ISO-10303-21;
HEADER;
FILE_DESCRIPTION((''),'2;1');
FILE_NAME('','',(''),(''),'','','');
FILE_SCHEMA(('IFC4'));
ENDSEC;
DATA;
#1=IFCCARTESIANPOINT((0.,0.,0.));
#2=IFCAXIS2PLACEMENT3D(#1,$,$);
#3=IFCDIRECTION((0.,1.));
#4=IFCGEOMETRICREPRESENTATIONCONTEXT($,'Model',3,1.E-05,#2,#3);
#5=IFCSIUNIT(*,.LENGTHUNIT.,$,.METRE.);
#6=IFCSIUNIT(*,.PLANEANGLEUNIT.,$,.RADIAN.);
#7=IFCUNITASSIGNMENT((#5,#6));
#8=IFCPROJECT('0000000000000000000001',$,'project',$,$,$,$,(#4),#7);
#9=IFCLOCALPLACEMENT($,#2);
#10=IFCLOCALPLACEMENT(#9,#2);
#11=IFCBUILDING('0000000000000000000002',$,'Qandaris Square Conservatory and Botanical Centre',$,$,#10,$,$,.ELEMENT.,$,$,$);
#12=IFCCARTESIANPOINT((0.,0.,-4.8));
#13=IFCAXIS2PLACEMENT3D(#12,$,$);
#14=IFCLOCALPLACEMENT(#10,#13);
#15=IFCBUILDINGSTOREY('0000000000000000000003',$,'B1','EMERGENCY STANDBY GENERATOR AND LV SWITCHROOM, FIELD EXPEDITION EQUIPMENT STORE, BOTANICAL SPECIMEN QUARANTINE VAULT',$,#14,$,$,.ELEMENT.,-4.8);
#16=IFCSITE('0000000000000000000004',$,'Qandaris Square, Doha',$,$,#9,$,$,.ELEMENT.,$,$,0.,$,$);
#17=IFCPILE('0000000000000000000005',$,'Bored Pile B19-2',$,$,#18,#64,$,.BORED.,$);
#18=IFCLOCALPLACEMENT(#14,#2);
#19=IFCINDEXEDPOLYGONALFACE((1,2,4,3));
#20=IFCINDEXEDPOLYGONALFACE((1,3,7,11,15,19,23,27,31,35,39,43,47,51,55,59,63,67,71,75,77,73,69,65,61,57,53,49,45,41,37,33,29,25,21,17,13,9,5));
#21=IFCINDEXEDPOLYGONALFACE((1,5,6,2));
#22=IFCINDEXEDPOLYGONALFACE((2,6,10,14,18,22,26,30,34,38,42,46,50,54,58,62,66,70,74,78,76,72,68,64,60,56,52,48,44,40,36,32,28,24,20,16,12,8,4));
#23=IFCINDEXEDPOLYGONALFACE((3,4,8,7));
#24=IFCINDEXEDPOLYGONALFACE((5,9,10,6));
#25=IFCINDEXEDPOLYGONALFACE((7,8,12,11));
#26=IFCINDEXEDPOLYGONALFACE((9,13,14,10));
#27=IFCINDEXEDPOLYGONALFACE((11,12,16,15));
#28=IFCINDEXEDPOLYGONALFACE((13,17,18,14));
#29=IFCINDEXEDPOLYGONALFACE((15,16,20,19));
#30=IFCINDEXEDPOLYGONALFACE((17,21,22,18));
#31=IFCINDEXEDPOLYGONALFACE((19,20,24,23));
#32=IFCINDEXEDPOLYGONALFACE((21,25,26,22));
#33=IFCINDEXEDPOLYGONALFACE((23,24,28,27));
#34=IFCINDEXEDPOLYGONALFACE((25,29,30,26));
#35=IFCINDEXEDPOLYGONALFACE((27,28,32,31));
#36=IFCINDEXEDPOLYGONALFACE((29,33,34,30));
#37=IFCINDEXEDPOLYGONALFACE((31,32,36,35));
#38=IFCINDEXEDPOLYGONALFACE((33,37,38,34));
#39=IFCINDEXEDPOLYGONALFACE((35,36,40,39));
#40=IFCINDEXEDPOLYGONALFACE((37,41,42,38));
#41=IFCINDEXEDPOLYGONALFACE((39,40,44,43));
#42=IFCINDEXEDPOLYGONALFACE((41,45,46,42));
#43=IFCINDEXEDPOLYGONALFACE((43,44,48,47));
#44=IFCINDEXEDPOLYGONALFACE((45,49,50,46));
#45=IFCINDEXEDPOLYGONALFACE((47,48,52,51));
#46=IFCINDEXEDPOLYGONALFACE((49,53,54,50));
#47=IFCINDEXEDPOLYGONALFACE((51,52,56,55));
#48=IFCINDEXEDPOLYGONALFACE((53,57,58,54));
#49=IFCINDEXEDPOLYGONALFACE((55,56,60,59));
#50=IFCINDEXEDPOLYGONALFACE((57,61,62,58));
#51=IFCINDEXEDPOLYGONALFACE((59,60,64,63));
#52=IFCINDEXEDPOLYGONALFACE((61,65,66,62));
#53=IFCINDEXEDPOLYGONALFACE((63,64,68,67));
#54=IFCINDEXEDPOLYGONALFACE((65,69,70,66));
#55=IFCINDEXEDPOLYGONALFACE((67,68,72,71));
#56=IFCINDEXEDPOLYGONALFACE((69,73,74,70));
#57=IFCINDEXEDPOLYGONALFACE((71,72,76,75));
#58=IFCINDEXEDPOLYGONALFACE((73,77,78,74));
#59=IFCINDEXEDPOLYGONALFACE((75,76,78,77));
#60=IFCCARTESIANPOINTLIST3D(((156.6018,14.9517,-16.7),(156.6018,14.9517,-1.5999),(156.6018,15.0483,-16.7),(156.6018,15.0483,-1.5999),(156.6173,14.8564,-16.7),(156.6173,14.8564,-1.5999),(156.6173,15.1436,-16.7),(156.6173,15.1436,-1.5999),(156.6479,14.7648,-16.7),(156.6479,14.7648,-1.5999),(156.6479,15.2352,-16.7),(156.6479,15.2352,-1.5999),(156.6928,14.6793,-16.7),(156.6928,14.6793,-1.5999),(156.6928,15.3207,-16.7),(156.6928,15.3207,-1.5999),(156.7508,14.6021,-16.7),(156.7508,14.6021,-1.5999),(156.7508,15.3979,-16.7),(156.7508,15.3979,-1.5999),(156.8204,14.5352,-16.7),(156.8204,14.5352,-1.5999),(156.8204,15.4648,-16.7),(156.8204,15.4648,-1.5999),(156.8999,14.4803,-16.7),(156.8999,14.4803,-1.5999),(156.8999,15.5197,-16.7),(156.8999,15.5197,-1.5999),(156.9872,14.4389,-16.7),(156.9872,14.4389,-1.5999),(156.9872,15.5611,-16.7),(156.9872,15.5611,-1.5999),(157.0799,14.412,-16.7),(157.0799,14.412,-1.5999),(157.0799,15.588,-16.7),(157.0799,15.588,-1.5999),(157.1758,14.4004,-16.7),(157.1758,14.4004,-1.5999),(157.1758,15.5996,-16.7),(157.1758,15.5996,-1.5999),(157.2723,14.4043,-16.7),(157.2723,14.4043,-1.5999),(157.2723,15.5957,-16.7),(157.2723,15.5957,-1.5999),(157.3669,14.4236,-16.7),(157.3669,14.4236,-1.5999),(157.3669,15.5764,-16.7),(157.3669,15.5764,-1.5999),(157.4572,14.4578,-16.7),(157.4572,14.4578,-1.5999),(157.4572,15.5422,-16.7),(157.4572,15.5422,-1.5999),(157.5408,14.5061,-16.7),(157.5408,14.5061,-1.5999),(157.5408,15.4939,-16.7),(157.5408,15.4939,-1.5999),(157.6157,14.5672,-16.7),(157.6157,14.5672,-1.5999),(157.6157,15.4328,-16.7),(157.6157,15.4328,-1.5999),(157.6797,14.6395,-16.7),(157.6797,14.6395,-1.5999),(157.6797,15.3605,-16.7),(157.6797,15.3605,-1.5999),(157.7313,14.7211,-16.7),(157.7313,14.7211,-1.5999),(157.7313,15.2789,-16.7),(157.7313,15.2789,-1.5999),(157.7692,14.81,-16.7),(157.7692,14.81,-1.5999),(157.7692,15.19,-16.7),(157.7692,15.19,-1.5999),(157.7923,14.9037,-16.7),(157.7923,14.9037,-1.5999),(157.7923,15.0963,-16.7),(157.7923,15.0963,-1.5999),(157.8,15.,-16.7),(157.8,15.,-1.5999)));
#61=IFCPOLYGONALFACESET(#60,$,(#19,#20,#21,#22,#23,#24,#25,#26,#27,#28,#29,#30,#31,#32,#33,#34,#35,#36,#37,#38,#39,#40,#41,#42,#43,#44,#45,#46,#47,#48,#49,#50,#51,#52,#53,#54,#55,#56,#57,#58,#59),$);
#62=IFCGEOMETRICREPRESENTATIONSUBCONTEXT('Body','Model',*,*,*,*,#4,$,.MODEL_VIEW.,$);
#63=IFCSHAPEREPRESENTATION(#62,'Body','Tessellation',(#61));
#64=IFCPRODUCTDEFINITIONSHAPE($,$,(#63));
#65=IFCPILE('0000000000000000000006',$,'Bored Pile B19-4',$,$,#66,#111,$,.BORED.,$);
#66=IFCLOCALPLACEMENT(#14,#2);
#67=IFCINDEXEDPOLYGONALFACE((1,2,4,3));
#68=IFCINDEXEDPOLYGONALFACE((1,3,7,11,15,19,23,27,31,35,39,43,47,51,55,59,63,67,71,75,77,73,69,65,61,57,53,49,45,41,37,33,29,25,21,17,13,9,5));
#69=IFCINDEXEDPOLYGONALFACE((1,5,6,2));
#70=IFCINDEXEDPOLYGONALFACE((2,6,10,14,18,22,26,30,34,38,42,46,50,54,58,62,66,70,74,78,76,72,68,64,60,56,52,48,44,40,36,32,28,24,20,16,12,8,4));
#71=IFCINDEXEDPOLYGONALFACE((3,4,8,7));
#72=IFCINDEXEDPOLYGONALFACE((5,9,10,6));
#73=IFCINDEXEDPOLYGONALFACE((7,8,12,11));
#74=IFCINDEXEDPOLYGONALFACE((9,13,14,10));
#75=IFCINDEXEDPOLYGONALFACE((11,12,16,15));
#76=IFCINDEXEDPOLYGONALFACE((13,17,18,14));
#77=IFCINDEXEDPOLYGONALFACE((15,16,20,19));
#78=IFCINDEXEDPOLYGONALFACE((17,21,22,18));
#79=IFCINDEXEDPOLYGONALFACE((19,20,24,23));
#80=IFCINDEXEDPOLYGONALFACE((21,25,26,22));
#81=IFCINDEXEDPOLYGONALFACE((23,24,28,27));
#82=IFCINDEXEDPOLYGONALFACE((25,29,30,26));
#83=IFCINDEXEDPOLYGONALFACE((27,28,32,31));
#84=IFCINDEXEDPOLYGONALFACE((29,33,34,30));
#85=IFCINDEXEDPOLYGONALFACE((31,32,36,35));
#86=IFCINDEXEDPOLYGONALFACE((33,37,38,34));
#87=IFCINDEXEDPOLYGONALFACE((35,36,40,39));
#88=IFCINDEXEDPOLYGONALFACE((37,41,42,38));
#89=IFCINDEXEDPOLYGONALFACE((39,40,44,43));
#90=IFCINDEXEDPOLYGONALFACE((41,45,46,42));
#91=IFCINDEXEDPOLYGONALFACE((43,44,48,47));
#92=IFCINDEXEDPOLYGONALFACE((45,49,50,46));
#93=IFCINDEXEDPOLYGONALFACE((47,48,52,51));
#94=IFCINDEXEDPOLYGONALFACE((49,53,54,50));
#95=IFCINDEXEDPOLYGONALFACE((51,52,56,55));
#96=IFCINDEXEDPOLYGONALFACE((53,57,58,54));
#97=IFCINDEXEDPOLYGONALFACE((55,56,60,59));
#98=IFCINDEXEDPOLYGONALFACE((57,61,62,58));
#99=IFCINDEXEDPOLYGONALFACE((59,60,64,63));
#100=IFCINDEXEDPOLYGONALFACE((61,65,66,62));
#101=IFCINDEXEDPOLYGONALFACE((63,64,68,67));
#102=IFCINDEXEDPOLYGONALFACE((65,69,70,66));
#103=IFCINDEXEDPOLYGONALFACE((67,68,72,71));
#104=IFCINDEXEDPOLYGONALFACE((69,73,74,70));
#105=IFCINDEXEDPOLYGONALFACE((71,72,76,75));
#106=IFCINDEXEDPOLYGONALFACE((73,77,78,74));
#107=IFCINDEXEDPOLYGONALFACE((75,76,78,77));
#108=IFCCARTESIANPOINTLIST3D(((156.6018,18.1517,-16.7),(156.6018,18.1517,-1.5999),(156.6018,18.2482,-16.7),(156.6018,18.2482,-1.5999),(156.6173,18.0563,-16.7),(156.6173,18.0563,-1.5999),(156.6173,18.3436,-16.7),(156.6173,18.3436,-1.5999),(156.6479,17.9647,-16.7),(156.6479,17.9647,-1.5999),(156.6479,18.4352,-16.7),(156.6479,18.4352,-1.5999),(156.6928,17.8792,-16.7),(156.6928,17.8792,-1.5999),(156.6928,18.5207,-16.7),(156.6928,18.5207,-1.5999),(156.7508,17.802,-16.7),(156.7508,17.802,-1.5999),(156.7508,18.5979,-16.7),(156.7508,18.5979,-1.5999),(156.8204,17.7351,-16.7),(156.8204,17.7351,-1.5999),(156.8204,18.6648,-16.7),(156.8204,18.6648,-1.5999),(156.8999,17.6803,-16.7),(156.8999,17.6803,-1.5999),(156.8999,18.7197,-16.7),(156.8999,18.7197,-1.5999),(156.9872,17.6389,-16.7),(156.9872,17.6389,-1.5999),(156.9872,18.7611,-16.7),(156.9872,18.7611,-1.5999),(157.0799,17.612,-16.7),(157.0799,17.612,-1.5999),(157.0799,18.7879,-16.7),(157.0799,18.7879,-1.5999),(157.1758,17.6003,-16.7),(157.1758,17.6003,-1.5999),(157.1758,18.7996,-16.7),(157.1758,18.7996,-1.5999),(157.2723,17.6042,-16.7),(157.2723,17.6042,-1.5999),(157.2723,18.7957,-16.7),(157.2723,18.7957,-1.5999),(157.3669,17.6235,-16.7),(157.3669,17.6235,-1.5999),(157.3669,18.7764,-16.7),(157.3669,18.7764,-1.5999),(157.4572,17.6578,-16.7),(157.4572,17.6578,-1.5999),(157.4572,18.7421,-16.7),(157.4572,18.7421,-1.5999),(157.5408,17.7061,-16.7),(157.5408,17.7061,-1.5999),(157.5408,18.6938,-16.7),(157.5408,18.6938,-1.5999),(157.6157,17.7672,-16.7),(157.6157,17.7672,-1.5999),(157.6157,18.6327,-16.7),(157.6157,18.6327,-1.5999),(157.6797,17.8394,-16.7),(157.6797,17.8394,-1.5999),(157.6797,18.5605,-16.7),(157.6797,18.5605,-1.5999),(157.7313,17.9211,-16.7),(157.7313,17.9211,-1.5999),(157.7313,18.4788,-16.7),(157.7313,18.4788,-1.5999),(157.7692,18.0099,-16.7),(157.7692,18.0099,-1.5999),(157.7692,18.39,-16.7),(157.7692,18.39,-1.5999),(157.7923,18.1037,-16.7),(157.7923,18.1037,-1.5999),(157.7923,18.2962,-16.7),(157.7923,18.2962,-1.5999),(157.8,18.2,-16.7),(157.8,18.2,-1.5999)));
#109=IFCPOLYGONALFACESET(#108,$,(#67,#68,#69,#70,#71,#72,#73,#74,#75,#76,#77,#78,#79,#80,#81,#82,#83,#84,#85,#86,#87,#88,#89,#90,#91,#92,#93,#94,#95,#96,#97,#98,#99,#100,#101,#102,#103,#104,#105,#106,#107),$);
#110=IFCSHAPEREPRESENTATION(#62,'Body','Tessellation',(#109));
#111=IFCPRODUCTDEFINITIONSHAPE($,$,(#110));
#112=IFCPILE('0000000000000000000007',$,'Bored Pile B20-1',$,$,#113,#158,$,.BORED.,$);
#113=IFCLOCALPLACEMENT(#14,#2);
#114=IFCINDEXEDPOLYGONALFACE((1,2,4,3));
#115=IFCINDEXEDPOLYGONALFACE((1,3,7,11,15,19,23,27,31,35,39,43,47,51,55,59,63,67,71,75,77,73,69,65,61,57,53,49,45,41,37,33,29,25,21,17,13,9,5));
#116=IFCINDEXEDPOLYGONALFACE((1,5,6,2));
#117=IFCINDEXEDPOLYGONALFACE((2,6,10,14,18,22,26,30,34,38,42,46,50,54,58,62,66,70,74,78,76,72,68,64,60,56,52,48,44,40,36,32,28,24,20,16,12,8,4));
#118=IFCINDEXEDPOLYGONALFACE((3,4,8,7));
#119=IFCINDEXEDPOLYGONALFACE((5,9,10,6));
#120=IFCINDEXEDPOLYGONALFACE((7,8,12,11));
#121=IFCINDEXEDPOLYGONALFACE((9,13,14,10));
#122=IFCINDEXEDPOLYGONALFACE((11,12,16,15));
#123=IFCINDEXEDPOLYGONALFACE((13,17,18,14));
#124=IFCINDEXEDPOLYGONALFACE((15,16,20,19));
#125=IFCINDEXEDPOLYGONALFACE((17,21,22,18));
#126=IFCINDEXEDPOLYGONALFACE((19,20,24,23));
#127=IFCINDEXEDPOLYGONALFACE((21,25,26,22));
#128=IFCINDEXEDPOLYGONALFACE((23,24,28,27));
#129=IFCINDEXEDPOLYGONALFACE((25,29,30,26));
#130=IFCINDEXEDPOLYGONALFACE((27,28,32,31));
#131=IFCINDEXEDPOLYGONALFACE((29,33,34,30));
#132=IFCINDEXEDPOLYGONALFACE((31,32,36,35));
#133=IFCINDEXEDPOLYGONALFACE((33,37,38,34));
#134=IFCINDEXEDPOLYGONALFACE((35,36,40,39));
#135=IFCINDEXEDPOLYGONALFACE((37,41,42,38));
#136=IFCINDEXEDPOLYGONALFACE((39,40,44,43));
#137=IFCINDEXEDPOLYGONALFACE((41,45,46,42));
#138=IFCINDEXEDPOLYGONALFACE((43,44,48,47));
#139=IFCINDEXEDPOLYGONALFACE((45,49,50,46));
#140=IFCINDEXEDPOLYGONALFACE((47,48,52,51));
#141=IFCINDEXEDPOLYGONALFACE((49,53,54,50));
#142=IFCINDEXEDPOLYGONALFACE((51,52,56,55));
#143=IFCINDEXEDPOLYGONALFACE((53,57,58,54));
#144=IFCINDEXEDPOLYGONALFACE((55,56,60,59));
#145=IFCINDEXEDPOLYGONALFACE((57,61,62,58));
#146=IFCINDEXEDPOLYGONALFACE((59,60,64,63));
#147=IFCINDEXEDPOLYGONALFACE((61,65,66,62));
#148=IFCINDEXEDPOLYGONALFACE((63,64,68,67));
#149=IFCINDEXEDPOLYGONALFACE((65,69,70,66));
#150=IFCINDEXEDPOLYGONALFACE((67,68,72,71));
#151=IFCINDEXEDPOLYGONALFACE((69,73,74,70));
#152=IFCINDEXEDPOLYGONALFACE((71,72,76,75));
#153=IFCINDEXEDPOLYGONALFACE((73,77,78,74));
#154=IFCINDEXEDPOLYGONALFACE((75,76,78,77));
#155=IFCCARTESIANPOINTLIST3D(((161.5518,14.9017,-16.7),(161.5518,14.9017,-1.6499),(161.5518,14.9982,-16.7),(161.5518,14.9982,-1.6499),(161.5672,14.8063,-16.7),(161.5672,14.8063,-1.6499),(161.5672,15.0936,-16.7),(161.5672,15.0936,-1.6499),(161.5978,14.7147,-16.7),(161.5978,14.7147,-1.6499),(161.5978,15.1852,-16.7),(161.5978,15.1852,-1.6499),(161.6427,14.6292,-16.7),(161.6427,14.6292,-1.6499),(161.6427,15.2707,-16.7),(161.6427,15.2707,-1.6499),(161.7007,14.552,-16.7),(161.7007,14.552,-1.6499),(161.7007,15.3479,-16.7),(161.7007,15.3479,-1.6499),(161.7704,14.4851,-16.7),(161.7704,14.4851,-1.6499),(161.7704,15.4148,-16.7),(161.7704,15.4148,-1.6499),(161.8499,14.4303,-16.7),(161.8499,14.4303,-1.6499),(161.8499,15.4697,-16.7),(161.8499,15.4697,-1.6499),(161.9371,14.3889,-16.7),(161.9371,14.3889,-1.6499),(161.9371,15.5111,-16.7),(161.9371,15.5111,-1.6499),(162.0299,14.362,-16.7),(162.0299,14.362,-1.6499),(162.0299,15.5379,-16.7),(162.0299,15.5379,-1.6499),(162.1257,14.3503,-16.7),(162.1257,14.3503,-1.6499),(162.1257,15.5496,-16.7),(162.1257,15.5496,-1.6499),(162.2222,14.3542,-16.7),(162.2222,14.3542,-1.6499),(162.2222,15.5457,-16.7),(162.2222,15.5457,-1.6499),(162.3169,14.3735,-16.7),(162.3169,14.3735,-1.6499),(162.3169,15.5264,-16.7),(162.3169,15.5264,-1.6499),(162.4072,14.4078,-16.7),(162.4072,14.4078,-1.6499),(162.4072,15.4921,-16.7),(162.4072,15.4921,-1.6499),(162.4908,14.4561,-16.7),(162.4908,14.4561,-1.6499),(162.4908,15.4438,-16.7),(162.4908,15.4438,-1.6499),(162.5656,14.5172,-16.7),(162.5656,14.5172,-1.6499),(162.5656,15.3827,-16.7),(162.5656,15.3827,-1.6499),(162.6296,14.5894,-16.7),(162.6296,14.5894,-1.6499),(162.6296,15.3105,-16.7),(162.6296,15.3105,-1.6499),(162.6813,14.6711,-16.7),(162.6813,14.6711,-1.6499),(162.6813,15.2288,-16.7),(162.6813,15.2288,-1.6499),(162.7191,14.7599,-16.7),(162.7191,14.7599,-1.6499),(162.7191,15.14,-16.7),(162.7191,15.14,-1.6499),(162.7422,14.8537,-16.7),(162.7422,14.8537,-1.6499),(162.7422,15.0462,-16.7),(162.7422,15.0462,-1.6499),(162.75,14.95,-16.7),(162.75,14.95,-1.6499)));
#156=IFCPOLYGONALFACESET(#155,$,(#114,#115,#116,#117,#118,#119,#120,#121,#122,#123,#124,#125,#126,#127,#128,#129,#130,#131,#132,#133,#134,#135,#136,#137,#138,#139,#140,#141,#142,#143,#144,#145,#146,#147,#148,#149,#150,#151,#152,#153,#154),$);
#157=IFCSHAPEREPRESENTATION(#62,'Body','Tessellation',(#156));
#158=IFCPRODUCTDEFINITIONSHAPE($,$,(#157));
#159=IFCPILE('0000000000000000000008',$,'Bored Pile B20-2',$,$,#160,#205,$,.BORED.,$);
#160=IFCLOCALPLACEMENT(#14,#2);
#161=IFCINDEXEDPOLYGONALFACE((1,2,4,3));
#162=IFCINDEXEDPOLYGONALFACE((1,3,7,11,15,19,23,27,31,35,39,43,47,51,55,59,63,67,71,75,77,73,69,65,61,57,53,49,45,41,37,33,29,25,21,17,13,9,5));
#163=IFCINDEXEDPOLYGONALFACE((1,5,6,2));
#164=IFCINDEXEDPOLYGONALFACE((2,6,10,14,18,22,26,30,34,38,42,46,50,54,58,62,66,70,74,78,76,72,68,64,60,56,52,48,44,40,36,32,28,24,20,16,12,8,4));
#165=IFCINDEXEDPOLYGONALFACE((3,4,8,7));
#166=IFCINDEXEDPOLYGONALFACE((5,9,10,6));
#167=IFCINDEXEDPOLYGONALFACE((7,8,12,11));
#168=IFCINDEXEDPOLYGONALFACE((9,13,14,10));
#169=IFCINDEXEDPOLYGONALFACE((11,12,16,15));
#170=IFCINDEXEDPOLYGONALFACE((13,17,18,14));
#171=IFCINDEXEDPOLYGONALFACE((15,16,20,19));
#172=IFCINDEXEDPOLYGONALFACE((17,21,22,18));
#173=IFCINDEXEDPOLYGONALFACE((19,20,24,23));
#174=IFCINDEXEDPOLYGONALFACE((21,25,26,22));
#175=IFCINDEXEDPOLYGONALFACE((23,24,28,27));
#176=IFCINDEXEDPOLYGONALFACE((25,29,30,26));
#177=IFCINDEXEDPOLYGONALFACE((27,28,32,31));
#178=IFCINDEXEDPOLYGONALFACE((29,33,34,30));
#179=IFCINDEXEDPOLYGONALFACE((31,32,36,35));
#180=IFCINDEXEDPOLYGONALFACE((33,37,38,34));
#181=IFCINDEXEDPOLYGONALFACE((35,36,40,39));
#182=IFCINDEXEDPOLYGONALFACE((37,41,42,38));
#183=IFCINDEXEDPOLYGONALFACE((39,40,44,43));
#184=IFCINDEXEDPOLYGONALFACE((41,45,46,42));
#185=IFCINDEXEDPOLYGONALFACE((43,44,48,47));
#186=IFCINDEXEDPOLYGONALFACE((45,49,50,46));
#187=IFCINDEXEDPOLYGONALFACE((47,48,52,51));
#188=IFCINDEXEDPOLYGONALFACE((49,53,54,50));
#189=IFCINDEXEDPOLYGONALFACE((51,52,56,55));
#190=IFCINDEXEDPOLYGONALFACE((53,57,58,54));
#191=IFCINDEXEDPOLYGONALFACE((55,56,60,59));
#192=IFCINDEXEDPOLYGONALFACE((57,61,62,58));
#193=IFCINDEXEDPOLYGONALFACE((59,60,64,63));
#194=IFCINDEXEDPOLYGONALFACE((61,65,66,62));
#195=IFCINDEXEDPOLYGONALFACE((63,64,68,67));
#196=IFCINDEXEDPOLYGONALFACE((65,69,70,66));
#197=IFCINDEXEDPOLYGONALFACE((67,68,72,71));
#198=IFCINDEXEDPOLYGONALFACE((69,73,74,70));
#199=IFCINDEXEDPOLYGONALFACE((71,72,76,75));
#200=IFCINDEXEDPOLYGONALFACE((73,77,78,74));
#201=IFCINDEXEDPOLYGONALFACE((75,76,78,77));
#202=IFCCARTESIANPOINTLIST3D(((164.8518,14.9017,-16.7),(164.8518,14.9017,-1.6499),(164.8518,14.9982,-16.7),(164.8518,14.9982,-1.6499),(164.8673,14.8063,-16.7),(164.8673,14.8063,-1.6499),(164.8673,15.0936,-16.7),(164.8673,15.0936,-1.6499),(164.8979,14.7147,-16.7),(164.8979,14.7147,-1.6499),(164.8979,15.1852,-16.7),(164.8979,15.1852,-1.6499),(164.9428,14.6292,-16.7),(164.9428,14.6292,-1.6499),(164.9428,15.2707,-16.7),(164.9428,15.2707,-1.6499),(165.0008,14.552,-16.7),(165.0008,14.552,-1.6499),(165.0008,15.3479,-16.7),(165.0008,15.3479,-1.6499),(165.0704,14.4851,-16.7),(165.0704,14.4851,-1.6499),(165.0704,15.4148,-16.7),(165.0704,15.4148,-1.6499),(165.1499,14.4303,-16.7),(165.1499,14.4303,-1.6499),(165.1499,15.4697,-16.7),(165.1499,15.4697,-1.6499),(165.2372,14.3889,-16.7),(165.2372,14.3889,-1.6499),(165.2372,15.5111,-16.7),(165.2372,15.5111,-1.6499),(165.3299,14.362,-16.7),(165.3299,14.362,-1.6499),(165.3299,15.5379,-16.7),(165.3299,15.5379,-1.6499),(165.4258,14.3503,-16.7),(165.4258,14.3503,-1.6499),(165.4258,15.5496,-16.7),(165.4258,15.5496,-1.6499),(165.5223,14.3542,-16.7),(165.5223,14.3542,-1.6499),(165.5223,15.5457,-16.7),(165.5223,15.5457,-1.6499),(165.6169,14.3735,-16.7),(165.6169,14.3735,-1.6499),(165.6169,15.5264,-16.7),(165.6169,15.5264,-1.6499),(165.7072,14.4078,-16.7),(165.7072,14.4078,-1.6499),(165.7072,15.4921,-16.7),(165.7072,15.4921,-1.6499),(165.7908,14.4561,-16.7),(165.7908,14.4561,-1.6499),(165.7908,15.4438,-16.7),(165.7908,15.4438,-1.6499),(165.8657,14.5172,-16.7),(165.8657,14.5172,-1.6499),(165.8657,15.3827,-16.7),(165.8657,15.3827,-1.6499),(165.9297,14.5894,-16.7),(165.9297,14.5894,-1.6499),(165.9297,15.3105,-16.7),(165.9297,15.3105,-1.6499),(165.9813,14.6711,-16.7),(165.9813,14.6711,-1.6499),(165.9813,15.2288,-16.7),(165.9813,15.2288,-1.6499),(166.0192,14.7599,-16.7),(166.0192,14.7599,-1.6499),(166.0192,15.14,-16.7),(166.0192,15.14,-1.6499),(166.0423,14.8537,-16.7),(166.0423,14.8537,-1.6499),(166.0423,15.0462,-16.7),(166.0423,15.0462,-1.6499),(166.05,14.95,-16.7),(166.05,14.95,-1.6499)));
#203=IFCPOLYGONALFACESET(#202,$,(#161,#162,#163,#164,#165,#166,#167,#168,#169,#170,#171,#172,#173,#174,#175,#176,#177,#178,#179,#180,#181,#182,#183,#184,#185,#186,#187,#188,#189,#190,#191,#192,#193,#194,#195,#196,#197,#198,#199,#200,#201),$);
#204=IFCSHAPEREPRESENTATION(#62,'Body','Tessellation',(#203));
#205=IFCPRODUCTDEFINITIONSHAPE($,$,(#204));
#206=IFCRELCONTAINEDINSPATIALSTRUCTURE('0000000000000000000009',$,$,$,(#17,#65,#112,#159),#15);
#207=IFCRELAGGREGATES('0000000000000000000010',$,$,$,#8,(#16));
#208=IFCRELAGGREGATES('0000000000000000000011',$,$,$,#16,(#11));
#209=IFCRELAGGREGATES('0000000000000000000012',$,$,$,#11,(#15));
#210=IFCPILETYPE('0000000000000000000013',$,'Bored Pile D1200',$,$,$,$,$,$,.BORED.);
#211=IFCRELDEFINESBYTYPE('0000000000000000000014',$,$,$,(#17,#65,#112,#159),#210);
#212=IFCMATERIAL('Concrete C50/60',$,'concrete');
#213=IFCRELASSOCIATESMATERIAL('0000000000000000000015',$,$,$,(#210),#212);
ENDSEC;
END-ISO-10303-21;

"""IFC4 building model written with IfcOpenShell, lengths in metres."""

from ifc_helpers import new_model, si_unit, direction, frame, origin, origin_2d, place, context, subcontext, project, spatial, circle, extrude, material, material_profile, profile_set, type_object, element, save


model = new_model("IFC4")

# Units and contexts
model_context = context("Model", 3, precision=1e-05, world=origin(), true_north=direction((0.0, 1.0)))
body_context = subcontext(model_context, "Body", "Model", "MODEL_VIEW")
ifc_project = project(units=[si_unit("LENGTHUNIT", "METRE"), si_unit("PLANEANGLEUNIT", "RADIAN")], contexts=[model_context])

# Site, building, storey
site_placement = place(None, origin())
site = spatial("IfcSite", under=ifc_project, at=site_placement, Name="Qandaris Square, Doha", CompositionType="ELEMENT", RefElevation=0.0)
building_placement = place(site_placement, origin())
building = spatial("IfcBuilding", under=site, at=building_placement, Name="Qandaris Square Conservatory and Botanical Centre", CompositionType="ELEMENT")
storey_placement = place(building_placement, frame((0.0, 0.0, -4.8)))
storey = spatial("IfcBuildingStorey", under=building, at=storey_placement, Name="B1", Description="EMERGENCY STANDBY GENERATOR AND LV SWITCHROOM, FIELD EXPEDITION EQUIPMENT STORE, BOTANICAL SPECIMEN QUARANTINE VAULT", CompositionType="ELEMENT", Elevation=-4.8)

# Piles
ifc_material_1 = material(Name="Concrete C50/60", Category="concrete")
ifc_material_profile_1 = material_profile(ifc_material_1, circle(Radius=0.6001, at=origin_2d()), Name="PILE D1200")
ifc_profile_set_1 = profile_set([ifc_material_profile_1], Name="Concrete C50/60")
pile_type = type_object("IfcPileType", Name="Bored Pile D1200", PredefinedType="BORED", material=ifc_profile_set_1)
for number, where, z_axis, x_axis, name in (
    (1, (157.2, 15.0, -1.5999), (0.0, 0.0, -1.0), (1.0, 0.0, 0.0), "Bored Pile B19-2"),
    (2, (157.2, 18.2, -1.5999), (0.0, 0.0, -1.0), (1.0, 0.0, 0.0), "Bored Pile B19-4"),
):
    element("IfcPile", number, at=place(storey_placement, frame(where, z_axis=z_axis, x_axis=x_axis)), inside=storey, type_object=pile_type, Name=name, PredefinedType="BORED", context=body_context, shape_type="SweptSolid", body=[
        extrude(circle(Radius=0.6001, at=origin_2d()), origin(), (0.0, 0.0, 1.0), 15.1001),
    ])
for number, where, z_axis, x_axis, name in (
    (3, (162.1499, 14.95, -1.6499), (0.0, 0.0, -1.0), (1.0, 0.0, 0.0), "Bored Pile B20-1"),
    (4, (165.45, 14.95, -1.6499), (0.0, 0.0, -1.0), (1.0, 0.0, 0.0), "Bored Pile B20-2"),
):
    element("IfcPile", number, at=place(storey_placement, frame(where, z_axis=z_axis, x_axis=x_axis)), inside=storey, type_object=pile_type, Name=name, PredefinedType="BORED", context=body_context, shape_type="SweptSolid", body=[
        extrude(circle(Radius=0.6001, at=origin_2d()), origin(), (0.0, 0.0, 1.0), 15.05),
    ])

save(model, "model.ifc")
